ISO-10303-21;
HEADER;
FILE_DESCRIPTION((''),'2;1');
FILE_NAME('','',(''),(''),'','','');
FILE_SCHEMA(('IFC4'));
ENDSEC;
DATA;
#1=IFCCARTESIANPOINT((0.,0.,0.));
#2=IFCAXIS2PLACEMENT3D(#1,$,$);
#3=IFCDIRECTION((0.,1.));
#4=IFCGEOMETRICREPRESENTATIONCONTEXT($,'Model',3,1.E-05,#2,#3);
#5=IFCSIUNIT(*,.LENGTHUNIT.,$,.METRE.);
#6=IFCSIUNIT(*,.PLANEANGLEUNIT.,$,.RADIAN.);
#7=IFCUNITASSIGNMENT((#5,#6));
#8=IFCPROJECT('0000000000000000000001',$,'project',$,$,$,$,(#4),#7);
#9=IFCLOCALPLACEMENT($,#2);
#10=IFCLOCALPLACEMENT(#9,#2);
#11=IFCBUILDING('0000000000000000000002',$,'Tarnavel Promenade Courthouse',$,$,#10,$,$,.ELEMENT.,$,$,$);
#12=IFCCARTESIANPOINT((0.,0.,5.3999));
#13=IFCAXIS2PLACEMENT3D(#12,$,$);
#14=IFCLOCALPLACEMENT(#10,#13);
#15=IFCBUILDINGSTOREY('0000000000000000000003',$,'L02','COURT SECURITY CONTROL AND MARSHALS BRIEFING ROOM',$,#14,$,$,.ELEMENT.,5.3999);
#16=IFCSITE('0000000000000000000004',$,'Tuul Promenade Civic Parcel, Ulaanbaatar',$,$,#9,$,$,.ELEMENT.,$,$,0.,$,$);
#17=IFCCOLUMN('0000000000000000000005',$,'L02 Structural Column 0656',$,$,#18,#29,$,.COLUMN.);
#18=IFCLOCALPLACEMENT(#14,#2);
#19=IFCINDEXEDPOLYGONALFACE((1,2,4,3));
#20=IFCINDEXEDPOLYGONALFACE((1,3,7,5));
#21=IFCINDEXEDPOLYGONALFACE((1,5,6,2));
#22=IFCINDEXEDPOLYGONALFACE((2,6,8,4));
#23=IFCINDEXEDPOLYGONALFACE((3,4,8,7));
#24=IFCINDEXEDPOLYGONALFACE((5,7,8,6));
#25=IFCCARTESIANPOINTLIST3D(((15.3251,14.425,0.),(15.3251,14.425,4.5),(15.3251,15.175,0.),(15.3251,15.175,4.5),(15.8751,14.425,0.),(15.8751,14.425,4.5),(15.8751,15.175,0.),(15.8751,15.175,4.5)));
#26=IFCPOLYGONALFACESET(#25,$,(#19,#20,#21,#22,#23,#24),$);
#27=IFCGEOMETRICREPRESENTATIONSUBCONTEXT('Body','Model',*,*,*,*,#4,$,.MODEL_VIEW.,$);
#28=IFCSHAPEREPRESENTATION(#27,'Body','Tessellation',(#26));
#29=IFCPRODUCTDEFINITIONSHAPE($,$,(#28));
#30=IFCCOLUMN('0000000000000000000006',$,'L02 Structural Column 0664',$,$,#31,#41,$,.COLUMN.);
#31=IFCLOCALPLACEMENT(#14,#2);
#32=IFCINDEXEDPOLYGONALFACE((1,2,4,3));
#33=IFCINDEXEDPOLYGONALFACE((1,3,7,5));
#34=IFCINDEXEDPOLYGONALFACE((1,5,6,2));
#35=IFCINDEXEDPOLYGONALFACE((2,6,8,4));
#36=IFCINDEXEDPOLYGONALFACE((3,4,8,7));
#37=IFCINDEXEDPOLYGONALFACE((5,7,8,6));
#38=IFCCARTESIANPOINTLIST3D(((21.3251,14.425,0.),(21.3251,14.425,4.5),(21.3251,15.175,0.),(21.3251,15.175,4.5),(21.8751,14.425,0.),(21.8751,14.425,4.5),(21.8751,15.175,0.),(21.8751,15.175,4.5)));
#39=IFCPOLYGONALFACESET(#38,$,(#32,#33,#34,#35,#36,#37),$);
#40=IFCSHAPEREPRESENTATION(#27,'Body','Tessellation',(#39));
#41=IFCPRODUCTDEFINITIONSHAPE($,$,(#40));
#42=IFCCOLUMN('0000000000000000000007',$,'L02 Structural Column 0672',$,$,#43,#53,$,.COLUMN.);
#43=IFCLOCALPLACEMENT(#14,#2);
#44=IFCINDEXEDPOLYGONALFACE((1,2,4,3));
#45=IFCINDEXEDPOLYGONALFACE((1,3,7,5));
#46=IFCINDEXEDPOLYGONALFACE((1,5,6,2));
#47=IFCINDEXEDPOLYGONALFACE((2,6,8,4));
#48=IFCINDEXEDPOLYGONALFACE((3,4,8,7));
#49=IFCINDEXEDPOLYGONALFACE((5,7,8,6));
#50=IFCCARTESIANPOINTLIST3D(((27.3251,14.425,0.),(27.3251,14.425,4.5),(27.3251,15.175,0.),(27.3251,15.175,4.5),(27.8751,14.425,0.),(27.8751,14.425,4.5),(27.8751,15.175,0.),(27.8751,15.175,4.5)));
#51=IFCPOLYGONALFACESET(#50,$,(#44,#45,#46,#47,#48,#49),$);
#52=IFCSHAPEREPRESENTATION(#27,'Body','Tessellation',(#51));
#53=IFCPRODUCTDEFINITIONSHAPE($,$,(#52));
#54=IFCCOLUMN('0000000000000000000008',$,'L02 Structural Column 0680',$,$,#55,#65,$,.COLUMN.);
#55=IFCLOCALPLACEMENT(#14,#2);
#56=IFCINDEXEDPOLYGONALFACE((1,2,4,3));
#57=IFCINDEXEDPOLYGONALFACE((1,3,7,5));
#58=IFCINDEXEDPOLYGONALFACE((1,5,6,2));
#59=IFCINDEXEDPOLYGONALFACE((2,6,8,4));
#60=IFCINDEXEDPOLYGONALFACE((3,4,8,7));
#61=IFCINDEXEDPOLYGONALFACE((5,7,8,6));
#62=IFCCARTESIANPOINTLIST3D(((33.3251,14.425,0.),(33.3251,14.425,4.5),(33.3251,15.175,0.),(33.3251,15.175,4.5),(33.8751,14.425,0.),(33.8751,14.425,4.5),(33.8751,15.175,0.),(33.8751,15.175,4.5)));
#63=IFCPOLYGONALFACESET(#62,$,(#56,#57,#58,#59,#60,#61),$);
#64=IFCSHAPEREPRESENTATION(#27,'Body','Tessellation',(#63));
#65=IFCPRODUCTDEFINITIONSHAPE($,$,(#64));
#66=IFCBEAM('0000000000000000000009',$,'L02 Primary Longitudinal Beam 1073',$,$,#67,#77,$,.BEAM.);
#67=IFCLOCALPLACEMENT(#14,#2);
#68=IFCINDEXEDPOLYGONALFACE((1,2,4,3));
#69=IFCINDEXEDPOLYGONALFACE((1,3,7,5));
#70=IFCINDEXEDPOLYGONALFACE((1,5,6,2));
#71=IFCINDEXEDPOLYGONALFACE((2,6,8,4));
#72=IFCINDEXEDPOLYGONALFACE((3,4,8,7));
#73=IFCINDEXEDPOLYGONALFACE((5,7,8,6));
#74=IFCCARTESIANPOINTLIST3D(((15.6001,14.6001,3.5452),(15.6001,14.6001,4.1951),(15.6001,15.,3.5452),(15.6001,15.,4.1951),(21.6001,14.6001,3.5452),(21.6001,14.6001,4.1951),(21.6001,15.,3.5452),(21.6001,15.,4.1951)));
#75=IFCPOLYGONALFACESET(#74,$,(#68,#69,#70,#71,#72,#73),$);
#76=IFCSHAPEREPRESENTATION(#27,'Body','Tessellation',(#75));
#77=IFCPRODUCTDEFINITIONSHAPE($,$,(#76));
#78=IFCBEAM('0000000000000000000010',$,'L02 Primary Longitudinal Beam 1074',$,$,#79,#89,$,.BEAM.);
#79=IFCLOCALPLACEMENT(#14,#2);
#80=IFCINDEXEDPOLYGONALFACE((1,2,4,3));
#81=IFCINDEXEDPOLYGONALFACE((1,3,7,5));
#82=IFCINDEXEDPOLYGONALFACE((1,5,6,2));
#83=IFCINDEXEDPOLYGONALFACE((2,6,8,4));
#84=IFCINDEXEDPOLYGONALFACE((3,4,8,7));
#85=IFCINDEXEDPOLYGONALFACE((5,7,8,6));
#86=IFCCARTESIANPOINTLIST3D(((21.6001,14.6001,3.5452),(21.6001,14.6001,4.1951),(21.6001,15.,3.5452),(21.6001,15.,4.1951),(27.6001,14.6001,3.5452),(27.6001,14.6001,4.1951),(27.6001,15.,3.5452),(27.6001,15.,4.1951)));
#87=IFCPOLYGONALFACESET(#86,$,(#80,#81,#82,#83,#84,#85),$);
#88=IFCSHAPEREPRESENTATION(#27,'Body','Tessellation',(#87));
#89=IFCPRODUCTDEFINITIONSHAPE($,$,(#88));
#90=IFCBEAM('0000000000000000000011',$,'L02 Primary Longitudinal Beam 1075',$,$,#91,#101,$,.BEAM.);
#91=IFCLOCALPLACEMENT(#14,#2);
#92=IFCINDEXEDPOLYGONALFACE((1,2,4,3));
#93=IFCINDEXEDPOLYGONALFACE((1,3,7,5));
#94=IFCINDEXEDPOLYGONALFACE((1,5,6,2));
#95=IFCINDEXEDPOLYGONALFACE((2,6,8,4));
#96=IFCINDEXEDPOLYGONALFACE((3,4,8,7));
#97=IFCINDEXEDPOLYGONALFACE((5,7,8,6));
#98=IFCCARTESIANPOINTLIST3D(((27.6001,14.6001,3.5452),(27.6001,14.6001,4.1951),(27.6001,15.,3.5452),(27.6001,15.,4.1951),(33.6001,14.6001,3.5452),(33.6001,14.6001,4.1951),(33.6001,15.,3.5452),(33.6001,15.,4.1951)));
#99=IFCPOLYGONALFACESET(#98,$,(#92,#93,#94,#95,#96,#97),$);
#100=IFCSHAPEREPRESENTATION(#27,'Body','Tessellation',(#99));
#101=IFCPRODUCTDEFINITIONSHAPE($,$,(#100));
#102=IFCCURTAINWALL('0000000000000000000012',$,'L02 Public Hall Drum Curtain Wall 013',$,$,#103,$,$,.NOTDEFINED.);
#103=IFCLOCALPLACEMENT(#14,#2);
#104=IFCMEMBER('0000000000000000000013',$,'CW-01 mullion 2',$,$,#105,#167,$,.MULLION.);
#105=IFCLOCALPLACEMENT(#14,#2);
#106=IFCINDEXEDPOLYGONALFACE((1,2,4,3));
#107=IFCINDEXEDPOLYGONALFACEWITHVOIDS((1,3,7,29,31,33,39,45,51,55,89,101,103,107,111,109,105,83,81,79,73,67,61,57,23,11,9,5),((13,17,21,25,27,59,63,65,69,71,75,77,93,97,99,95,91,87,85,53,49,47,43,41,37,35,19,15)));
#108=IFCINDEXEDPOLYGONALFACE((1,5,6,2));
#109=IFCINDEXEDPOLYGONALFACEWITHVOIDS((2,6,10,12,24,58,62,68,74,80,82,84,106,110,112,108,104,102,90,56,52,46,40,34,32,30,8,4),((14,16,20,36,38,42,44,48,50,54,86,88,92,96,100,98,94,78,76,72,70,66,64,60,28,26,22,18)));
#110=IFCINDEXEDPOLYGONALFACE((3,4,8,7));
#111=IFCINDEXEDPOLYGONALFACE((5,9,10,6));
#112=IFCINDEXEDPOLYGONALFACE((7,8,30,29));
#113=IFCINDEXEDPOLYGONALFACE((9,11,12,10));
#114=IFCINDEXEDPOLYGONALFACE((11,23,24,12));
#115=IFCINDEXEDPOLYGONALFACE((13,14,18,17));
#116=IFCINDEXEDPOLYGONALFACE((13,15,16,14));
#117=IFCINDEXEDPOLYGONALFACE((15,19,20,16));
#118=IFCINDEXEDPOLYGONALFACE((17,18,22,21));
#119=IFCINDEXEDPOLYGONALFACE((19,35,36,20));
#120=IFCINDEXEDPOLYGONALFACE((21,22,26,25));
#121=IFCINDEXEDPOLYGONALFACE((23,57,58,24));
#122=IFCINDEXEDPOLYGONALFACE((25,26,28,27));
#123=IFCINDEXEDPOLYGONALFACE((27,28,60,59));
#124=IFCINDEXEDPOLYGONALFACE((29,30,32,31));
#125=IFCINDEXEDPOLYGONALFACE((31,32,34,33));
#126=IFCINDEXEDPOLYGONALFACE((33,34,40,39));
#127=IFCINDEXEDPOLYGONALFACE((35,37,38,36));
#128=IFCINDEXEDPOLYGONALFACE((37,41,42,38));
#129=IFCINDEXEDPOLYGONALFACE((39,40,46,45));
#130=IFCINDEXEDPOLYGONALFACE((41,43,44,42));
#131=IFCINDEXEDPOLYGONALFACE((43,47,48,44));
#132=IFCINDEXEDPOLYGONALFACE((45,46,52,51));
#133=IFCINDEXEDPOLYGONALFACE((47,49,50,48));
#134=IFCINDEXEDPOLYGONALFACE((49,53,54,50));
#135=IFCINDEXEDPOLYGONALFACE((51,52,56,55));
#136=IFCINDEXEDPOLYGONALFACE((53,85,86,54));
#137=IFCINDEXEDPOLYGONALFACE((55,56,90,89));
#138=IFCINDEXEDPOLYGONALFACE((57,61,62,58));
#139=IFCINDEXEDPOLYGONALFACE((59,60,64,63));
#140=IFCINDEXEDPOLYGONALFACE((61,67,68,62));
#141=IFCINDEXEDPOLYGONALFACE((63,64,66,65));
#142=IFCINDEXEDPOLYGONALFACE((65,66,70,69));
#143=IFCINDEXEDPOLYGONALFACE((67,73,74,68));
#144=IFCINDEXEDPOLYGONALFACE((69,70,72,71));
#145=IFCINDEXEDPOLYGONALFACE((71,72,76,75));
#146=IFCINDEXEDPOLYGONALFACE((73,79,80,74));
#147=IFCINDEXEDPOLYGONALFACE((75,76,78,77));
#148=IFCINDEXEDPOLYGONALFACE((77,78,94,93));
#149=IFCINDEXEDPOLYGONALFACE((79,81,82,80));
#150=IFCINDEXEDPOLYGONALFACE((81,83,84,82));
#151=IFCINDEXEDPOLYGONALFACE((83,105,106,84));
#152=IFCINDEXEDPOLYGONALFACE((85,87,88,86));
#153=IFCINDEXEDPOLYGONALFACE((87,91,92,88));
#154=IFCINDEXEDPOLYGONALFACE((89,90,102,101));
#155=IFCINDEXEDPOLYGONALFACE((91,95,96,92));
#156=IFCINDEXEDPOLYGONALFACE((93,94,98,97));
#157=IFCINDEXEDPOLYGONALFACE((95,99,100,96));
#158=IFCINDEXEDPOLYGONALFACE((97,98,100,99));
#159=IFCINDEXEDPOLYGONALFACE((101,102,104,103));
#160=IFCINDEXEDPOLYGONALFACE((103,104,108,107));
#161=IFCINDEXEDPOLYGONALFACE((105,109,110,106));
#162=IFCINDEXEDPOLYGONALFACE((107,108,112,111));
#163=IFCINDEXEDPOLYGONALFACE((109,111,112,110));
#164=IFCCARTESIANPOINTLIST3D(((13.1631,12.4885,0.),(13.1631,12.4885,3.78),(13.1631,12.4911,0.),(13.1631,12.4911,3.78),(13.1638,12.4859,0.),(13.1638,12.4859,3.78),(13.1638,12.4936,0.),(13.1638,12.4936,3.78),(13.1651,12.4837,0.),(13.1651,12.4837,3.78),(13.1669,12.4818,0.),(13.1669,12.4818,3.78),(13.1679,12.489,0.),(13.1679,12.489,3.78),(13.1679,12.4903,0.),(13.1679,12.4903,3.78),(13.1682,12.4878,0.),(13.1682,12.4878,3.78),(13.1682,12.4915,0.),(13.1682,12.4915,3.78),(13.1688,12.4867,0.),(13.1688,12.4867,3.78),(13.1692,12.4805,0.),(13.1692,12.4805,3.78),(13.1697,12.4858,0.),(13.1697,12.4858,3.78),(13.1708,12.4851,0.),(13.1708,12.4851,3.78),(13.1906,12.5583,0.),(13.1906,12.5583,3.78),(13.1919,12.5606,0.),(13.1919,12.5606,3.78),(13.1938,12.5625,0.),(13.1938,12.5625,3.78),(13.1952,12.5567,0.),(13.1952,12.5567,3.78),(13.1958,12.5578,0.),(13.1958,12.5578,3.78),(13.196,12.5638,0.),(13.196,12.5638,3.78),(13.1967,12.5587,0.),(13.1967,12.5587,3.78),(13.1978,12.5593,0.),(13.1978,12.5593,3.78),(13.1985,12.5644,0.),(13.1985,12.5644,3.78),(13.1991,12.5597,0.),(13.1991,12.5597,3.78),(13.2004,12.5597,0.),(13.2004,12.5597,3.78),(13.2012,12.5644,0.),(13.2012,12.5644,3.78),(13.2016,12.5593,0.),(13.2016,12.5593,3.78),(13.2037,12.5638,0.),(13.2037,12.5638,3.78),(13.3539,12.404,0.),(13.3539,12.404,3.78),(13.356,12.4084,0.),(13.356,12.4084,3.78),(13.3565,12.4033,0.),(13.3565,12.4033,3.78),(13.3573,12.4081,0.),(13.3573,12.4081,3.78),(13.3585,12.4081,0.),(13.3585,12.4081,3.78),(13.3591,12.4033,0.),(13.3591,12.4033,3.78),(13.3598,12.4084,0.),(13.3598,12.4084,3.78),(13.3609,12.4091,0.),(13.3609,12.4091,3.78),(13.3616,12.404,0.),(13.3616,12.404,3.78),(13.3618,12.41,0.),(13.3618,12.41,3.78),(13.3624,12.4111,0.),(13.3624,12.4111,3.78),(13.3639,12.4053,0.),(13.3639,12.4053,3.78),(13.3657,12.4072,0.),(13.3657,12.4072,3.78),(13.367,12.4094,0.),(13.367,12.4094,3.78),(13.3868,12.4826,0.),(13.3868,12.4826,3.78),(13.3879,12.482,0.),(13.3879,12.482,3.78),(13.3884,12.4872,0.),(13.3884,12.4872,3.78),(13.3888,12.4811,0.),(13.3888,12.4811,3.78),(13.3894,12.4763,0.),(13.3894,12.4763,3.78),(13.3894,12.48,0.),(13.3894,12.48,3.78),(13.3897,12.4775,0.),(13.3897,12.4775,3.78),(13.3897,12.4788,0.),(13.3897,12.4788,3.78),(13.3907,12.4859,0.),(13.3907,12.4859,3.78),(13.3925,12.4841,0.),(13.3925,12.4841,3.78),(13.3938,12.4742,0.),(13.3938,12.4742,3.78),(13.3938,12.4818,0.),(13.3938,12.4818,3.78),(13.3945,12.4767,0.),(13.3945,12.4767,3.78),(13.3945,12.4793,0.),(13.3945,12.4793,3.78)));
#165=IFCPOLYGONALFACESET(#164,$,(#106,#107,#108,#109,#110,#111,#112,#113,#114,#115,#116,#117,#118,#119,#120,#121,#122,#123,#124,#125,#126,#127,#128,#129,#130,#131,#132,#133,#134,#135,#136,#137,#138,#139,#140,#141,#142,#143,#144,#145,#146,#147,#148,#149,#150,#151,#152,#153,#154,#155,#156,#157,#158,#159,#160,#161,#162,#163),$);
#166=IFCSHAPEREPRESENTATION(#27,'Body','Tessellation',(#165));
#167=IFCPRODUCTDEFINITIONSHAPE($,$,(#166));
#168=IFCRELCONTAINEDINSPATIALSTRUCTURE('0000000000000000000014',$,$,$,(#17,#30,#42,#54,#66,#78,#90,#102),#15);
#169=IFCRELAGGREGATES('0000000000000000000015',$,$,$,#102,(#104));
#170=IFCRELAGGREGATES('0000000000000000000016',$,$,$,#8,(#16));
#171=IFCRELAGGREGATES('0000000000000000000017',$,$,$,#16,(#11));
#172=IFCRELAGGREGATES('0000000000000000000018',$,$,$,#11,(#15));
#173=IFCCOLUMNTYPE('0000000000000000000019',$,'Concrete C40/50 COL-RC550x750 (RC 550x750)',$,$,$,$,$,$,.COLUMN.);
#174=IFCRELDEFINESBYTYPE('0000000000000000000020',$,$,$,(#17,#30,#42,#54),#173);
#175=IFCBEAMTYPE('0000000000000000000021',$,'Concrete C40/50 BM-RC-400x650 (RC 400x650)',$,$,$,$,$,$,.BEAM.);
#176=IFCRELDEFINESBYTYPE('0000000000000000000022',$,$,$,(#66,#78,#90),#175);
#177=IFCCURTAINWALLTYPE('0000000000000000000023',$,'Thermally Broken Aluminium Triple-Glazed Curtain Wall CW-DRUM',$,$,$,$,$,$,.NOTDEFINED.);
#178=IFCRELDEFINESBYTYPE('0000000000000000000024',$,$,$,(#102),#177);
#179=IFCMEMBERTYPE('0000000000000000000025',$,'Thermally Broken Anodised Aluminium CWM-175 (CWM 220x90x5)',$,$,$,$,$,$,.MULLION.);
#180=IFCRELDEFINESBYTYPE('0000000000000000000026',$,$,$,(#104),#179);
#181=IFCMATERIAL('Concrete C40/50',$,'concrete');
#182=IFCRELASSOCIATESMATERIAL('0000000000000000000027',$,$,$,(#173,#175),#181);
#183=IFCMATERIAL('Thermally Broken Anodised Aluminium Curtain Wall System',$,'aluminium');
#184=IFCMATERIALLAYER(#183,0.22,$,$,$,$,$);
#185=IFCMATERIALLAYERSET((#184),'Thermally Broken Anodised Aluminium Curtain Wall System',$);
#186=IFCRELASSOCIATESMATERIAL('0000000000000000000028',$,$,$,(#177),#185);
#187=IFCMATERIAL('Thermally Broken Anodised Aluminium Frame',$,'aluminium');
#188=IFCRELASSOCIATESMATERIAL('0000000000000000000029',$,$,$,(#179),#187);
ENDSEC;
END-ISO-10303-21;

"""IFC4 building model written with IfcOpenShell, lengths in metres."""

from ifc_helpers import new_model, si_unit, direction, frame, origin, origin_2d, place, context, subcontext, project, spatial, rectangle, hollow_rectangle, extrude, material, layer, layer_set, material_profile, profile_set, type_object, element, aggregate, save


model = new_model("IFC4")

# Units and contexts
model_context = context("Model", 3, precision=1e-05, world=origin(), true_north=direction((0.0, 1.0)))
body_context = subcontext(model_context, "Body", "Model", "MODEL_VIEW")
ifc_project = project(units=[si_unit("LENGTHUNIT", "METRE"), si_unit("PLANEANGLEUNIT", "RADIAN")], contexts=[model_context])

# Site, building, storey
site_placement = place(None, origin())
site = spatial("IfcSite", under=ifc_project, at=site_placement, Name="Tuul Promenade Civic Parcel, Ulaanbaatar", CompositionType="ELEMENT", RefElevation=0.0)
building_placement = place(site_placement, origin())
building = spatial("IfcBuilding", under=site, at=building_placement, Name="Tarnavel Promenade Courthouse", CompositionType="ELEMENT")
storey_placement = place(building_placement, frame((0.0, 0.0, 5.3999)))
storey = spatial("IfcBuildingStorey", under=building, at=storey_placement, Name="L02", Description="COURT SECURITY CONTROL AND MARSHALS BRIEFING ROOM", CompositionType="ELEMENT", Elevation=5.3999)

# Columns
ifc_material_1 = material(Name="Concrete C40/50", Category="concrete")
ifc_material_profile_1 = material_profile(ifc_material_1, rectangle(XDim=0.55, YDim=0.75, at=origin_2d()), Name="RC 550x750")
ifc_profile_set_1 = profile_set([ifc_material_profile_1], Name="Concrete C40/50")
column_type = type_object("IfcColumnType", Name="Concrete C40/50 COL-RC550x750 (RC 550x750)", PredefinedType="COLUMN", material=ifc_profile_set_1)
for number, where, z_axis, x_axis, name in (
    (1, (15.6001, 14.8, 0.0), (0.0, 0.0, 1.0), (1.0, 0.0, 0.0), "L02 Structural Column 0656"),
    (2, (21.6001, 14.8, 0.0), (0.0, 0.0, 1.0), (1.0, 0.0, 0.0), "L02 Structural Column 0664"),
    (3, (27.6001, 14.8, 0.0), (0.0, 0.0, 1.0), (1.0, 0.0, 0.0), "L02 Structural Column 0672"),
    (4, (33.6001, 14.8, 0.0), (0.0, 0.0, 1.0), (1.0, 0.0, 0.0), "L02 Structural Column 0680"),
):
    element("IfcColumn", number, at=place(storey_placement, frame(where, z_axis=z_axis, x_axis=x_axis)), inside=storey, type_object=column_type, Name=name, PredefinedType="COLUMN", context=body_context, shape_type="SweptSolid", body=[
        extrude(rectangle(XDim=0.55, YDim=0.75, at=origin_2d()), origin(), (0.0, 0.0, 1.0), 4.5),
    ])

# Beams
ifc_material_profile_2 = material_profile(ifc_material_1, rectangle(XDim=0.3999, YDim=0.6499, at=origin_2d()), Name="RC 400x650")
ifc_profile_set_2 = profile_set([ifc_material_profile_2], Name="Concrete C40/50")
beam_type = type_object("IfcBeamType", Name="Concrete C40/50 BM-RC-400x650 (RC 400x650)", PredefinedType="BEAM", material=ifc_profile_set_2)
for number, where, z_axis, x_axis, name in (
    (5, (15.6001, 14.8, 3.8701), (1.0, 0.0, 0.0), (0.0, 1.0, 0.0), "L02 Primary Longitudinal Beam 1073"),
    (6, (21.6001, 14.8, 3.8701), (1.0, 0.0, 0.0), (0.0, 1.0, 0.0), "L02 Primary Longitudinal Beam 1074"),
    (7, (27.6001, 14.8, 3.8701), (1.0, 0.0, 0.0), (0.0, 1.0, 0.0), "L02 Primary Longitudinal Beam 1075"),
):
    element("IfcBeam", number, at=place(storey_placement, frame(where, z_axis=z_axis, x_axis=x_axis)), inside=storey, type_object=beam_type, Name=name, PredefinedType="BEAM", context=body_context, shape_type="SweptSolid", body=[
        extrude(rectangle(XDim=0.3999, YDim=0.6499, at=origin_2d()), origin(), (0.0, 0.0, 1.0), 6.0),
    ])

# Curtain wall, member
ifc_material_2 = material(Name="Thermally Broken Anodised Aluminium Curtain Wall System", Category="aluminium")
ifc_layer_1 = layer(ifc_material_2, 0.22)
ifc_layer_set_1 = layer_set([ifc_layer_1], Name="Thermally Broken Anodised Aluminium Curtain Wall System")
curtain_wall_type = type_object("IfcCurtainWallType", Name="Thermally Broken Aluminium Triple-Glazed Curtain Wall CW-DRUM", PredefinedType="NOTDEFINED", material=ifc_layer_set_1)
curtain_wall_1_placement = place(storey_placement, origin())
curtain_wall_1 = element("IfcCurtainWall", 8, at=curtain_wall_1_placement, inside=storey, type_object=curtain_wall_type, Name="L02 Public Hall Drum Curtain Wall 013", PredefinedType="NOTDEFINED")
ifc_material_3 = material(Name="Thermally Broken Anodised Aluminium Frame", Category="aluminium")
ifc_material_profile_3 = material_profile(ifc_material_3, hollow_rectangle(XDim=0.0901, YDim=0.22, WallThickness=0.0049, InnerFilletRadius=0.0049, OuterFilletRadius=0.01, at=origin_2d()), Name="CWM 220x90x5")
ifc_profile_set_3 = profile_set([ifc_material_profile_3], Name="Thermally Broken Anodised Aluminium Frame")
member_type_1 = type_object("IfcMemberType", Name="Thermally Broken Anodised Aluminium CWM-175 (CWM 220x90x5)", PredefinedType="MULLION", material=ifc_profile_set_3)
member_1_placement = place(storey_placement, frame((13.2788, 12.4839, 0.0), z_axis=(0.0, 0.0, 1.0), x_axis=(0.382685, 0.923879, 0.0)))
member_1 = element("IfcMember", 9, at=member_1_placement, type_object=member_type_1, Name="CW-01 mullion 2", PredefinedType="MULLION", context=body_context, shape_type="SweptSolid", body=[
    extrude(hollow_rectangle(XDim=0.0901, YDim=0.22, WallThickness=0.0049, InnerFilletRadius=0.0049, OuterFilletRadius=0.01, at=origin_2d()), origin(), (0.0, 0.0, 1.0), 3.78),
])

aggregate(curtain_wall_1, [member_1])

save(model, "model.ifc")
